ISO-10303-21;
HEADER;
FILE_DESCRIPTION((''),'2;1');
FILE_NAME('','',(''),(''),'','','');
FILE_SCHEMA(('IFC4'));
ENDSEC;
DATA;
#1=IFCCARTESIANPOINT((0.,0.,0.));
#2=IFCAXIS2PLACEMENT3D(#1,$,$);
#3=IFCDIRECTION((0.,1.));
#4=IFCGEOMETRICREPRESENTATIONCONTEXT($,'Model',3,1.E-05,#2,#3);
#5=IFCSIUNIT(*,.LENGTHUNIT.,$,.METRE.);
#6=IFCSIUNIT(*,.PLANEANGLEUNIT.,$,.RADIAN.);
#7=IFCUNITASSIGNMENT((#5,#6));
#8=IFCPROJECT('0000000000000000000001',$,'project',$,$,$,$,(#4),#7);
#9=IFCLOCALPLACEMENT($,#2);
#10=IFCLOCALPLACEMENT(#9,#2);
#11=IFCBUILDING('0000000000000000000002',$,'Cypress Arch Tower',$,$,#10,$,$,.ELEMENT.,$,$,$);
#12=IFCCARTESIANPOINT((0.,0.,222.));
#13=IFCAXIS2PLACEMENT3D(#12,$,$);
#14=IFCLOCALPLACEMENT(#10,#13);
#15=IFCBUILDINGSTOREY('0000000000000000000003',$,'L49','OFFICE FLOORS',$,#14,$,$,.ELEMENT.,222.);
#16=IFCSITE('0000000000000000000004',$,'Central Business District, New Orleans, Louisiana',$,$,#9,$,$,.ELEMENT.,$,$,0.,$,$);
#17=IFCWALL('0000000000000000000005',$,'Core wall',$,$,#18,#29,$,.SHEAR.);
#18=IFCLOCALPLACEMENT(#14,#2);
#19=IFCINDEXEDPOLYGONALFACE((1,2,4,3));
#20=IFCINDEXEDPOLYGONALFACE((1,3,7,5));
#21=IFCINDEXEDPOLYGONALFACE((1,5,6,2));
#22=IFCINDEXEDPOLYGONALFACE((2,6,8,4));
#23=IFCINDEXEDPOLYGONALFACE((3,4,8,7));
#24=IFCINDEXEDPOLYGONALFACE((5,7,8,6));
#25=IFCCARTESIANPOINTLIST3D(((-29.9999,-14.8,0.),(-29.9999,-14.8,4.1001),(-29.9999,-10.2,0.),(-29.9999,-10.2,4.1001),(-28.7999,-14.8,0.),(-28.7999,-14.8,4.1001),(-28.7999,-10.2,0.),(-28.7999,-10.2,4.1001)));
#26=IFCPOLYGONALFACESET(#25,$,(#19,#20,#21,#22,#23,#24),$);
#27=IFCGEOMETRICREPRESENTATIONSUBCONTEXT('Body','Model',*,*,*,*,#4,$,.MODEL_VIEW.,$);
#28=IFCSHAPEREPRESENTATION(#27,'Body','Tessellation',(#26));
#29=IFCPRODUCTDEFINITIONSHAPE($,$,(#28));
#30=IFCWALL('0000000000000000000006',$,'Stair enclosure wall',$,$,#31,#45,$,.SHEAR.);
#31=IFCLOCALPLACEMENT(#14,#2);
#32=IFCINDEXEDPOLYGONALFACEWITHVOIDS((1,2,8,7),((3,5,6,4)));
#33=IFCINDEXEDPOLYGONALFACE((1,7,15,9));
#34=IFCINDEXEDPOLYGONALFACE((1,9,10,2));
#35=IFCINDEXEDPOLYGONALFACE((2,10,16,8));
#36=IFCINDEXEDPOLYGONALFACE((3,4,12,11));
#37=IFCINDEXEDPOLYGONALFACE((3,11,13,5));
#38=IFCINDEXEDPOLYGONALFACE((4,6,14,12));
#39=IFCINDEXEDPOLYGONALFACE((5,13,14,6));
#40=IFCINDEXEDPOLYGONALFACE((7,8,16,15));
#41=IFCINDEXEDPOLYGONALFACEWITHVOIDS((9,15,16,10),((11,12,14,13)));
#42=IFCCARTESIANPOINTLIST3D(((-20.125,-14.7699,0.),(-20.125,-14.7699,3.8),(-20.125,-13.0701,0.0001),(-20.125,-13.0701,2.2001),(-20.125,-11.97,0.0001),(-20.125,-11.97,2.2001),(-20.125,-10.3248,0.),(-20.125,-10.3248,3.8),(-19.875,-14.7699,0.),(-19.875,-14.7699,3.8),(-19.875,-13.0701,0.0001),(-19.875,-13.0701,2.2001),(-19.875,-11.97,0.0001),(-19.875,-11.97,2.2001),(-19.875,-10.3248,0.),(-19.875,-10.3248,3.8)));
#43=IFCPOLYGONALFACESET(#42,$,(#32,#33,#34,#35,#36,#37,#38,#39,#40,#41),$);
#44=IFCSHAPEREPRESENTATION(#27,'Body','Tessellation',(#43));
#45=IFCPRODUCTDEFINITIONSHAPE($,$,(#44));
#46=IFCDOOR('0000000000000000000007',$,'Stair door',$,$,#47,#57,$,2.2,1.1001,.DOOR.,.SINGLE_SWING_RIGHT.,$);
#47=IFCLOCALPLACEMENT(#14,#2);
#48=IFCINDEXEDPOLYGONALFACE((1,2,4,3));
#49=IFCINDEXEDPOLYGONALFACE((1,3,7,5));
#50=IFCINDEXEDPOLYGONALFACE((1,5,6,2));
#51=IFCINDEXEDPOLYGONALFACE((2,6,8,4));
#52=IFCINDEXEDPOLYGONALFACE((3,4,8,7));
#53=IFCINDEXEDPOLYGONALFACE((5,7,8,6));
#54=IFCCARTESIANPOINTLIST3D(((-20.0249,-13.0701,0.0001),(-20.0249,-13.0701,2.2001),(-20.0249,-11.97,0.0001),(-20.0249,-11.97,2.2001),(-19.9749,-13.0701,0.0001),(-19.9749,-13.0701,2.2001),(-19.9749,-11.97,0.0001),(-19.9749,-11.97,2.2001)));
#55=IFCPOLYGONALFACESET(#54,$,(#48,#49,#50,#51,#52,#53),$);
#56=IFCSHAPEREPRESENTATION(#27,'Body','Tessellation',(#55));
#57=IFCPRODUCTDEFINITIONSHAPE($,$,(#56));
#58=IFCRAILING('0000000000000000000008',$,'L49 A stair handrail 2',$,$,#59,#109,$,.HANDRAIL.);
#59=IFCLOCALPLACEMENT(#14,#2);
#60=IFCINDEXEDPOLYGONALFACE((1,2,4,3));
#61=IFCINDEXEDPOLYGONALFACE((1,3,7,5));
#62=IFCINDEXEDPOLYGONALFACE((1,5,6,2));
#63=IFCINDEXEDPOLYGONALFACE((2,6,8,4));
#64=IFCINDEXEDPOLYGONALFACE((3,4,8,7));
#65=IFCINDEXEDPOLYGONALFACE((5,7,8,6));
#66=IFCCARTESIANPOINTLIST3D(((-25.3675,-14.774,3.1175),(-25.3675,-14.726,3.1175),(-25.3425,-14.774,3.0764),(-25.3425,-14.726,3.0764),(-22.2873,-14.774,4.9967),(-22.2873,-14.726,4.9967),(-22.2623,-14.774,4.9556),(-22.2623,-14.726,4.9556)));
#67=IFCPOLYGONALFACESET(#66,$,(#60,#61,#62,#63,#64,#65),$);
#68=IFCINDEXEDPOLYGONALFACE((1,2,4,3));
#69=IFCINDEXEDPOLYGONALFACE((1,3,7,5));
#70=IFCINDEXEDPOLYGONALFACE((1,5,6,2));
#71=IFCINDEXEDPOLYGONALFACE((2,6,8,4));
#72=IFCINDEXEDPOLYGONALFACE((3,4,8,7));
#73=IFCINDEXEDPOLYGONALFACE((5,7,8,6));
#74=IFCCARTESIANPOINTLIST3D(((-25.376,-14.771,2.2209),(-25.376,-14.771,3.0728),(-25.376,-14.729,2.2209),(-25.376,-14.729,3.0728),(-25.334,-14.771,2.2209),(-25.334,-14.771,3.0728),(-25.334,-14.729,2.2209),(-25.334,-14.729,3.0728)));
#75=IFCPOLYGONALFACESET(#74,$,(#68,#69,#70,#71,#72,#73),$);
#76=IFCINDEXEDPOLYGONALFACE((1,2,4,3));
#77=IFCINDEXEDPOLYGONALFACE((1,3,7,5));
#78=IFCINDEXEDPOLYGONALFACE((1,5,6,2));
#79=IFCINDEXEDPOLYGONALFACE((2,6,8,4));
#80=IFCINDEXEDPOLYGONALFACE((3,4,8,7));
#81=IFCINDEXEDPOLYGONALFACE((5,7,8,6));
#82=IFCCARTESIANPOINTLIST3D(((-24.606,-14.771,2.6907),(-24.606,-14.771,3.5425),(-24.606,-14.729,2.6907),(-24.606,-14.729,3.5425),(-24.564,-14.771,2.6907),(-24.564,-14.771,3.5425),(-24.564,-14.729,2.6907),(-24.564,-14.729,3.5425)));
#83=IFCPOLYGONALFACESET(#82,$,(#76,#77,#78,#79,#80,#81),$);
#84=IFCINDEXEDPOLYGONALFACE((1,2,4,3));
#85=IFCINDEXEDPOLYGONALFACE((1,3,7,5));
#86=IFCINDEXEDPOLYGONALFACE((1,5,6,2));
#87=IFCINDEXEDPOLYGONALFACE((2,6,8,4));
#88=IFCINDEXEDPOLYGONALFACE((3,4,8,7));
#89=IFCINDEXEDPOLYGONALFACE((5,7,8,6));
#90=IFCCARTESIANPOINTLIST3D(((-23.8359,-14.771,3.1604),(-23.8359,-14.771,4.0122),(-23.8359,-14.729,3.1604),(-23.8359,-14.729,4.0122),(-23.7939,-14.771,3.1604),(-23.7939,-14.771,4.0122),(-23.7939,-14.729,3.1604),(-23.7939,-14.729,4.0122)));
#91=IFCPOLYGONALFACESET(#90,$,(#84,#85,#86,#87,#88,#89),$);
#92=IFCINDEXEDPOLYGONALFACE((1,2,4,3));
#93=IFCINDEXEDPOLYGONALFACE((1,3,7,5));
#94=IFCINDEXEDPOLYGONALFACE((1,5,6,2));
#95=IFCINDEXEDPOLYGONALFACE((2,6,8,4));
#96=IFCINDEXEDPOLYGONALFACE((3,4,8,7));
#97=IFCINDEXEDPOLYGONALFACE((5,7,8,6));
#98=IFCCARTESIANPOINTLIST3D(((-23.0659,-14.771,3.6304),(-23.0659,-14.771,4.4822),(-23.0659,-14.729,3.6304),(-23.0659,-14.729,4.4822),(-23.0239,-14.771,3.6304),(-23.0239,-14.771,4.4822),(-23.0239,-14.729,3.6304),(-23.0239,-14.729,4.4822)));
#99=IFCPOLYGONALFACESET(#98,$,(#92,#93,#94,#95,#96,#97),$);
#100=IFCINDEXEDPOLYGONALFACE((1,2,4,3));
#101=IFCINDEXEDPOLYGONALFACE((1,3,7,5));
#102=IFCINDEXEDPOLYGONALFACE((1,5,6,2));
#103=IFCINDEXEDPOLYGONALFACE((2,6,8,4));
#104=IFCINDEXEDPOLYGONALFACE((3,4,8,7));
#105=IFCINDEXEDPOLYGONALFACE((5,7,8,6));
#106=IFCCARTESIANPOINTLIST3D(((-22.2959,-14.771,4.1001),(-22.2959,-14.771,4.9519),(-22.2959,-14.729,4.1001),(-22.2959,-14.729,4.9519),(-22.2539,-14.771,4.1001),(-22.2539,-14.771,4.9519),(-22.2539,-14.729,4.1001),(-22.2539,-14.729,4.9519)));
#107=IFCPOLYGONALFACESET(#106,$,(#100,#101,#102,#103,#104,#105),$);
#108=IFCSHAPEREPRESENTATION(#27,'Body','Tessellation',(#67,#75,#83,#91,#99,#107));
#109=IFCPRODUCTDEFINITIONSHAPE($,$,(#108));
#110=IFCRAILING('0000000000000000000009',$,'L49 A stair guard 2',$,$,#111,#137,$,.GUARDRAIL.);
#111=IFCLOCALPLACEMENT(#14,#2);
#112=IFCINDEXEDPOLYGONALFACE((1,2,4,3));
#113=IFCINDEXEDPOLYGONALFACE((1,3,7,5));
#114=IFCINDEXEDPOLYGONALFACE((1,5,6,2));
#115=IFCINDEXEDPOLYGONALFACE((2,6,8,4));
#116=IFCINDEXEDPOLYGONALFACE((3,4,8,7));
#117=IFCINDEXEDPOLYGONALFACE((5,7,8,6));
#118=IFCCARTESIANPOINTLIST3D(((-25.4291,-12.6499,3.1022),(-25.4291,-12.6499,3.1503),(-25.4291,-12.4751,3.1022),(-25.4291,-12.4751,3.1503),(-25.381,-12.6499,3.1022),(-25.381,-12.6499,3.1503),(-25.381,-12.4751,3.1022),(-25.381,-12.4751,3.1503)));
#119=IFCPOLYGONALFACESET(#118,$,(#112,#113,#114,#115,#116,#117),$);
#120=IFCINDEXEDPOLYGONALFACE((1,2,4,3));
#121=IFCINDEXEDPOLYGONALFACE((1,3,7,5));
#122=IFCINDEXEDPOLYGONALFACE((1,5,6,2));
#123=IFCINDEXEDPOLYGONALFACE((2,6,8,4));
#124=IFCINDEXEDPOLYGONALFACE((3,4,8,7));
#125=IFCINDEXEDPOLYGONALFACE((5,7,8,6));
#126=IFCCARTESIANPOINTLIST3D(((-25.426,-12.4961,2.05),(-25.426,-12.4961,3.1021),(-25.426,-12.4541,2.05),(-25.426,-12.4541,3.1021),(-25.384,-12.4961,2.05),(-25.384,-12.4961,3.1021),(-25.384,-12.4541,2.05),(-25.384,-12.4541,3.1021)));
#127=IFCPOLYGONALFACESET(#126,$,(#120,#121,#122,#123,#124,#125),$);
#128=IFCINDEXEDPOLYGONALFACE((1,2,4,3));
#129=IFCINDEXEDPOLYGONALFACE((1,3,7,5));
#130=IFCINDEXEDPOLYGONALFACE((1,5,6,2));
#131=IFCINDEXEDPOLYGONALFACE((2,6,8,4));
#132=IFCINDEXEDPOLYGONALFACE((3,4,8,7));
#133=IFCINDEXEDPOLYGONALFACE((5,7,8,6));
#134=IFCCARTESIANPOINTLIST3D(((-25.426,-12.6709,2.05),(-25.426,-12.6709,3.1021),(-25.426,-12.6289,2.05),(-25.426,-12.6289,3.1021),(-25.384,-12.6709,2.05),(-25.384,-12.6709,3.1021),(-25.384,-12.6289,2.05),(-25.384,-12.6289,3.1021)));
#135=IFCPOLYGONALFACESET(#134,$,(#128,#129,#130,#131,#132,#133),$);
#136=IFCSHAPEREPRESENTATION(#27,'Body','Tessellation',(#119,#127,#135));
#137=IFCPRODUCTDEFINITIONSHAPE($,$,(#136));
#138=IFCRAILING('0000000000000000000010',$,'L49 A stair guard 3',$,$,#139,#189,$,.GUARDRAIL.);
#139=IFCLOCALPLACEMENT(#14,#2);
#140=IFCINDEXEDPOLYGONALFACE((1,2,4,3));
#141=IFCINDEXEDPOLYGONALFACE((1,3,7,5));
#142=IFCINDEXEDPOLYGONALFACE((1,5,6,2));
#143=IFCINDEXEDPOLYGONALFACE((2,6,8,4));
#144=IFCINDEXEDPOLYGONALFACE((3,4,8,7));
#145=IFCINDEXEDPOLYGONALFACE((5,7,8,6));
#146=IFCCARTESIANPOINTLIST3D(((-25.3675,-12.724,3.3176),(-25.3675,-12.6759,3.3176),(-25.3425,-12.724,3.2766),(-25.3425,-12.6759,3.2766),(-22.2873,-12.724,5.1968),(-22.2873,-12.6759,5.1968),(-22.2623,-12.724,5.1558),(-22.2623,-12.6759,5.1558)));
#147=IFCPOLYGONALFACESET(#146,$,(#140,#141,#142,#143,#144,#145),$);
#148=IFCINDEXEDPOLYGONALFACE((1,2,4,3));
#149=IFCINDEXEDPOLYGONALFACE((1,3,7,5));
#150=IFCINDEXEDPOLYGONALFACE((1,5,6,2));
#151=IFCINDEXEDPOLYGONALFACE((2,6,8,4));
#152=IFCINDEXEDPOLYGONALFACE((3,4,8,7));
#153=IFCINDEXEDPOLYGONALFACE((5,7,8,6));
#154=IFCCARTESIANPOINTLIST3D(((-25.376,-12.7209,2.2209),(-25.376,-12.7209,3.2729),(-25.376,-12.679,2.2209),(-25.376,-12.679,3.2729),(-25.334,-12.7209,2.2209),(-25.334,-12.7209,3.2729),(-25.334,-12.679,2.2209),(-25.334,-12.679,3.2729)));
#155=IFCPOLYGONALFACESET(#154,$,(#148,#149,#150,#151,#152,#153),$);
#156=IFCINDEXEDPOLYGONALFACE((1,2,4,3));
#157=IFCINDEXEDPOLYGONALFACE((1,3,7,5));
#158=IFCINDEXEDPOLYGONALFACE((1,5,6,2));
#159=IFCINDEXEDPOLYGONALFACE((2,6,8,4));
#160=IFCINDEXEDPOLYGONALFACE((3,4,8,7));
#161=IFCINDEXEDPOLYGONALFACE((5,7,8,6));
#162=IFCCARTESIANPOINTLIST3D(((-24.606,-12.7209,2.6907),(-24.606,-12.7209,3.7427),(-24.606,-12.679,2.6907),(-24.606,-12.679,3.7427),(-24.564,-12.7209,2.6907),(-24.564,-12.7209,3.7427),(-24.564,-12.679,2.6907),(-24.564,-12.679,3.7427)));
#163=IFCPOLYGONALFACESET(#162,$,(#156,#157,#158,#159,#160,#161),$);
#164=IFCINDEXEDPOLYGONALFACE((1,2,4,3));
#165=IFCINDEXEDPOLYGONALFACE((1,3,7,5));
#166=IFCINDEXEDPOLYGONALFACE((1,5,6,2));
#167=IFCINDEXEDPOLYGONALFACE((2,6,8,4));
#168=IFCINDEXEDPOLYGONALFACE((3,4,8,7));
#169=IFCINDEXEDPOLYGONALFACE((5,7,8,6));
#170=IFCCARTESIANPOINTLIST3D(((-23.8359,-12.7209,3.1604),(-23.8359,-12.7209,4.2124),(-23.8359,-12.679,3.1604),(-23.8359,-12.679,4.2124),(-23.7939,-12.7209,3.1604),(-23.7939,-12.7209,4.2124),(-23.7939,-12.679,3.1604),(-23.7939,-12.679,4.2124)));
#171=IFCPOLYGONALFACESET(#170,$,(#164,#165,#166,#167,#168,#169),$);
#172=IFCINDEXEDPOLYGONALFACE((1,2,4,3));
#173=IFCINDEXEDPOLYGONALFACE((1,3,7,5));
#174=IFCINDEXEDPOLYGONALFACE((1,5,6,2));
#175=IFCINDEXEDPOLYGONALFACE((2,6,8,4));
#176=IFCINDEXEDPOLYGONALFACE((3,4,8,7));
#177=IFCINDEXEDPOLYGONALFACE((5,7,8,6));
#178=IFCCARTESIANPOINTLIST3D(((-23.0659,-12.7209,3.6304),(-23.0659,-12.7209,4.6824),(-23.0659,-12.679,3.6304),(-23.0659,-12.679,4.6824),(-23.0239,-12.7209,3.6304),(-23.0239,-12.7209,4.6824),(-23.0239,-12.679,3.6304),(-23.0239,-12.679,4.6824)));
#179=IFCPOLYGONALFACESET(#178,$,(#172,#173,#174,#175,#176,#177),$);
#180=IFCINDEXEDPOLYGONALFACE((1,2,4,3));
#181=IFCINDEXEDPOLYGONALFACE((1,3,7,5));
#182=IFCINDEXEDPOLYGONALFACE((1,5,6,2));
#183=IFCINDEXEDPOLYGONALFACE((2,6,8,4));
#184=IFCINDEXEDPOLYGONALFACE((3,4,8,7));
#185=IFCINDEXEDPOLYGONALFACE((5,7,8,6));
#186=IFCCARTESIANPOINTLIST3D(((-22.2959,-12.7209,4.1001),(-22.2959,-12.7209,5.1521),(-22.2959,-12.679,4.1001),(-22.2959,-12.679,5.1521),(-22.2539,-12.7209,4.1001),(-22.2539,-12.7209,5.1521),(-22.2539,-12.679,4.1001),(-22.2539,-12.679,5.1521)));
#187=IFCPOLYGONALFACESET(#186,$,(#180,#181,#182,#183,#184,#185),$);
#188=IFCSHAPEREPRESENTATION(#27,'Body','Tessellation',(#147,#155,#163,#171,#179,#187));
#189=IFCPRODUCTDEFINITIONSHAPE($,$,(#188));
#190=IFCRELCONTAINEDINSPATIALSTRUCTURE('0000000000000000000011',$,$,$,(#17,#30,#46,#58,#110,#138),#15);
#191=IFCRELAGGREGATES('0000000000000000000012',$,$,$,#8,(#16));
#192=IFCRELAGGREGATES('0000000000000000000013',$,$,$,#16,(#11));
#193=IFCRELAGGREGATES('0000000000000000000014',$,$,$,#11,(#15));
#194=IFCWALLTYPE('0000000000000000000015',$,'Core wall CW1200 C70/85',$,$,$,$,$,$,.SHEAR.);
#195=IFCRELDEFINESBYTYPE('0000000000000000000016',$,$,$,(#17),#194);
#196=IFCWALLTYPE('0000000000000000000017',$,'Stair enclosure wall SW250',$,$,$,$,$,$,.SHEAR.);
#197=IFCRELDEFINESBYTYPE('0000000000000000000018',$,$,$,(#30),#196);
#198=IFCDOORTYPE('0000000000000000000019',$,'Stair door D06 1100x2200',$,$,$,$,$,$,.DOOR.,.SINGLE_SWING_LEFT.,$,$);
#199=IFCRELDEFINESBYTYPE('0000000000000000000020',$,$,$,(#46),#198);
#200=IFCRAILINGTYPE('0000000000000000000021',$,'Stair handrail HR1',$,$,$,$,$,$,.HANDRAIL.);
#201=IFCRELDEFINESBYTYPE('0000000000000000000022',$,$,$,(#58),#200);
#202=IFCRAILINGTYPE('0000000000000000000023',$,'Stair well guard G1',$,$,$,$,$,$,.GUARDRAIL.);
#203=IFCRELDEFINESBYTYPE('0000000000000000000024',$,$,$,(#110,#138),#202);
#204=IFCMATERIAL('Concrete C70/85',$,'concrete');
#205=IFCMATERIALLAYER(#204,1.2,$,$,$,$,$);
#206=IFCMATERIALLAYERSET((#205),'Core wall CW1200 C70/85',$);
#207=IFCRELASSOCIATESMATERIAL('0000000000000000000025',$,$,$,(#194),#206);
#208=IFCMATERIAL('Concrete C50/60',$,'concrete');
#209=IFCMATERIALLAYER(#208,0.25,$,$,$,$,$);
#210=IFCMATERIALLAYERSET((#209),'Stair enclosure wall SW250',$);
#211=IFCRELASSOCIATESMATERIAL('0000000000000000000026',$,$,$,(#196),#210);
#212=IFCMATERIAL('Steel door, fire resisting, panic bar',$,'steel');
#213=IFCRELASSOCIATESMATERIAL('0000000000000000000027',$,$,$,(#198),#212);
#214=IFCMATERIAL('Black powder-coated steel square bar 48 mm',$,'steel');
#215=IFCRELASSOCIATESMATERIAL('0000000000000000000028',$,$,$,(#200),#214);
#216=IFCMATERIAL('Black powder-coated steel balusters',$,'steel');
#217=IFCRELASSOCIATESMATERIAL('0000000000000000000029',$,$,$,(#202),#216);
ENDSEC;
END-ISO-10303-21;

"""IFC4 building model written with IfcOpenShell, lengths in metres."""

from ifc_helpers import new_model, si_unit, direction, frame, frame_2d, origin, origin_2d, place, context, subcontext, project, spatial, rectangle, extrude, material, layer, layer_set, type_object, element, fill, save


model = new_model("IFC4")

# Units and contexts
model_context = context("Model", 3, precision=1e-05, world=origin(), true_north=direction((0.0, 1.0)))
body_context = subcontext(model_context, "Body", "Model", "MODEL_VIEW")
ifc_project = project(units=[si_unit("LENGTHUNIT", "METRE"), si_unit("PLANEANGLEUNIT", "RADIAN")], contexts=[model_context])

# Site, building, storey
site_placement = place(None, origin())
site = spatial("IfcSite", under=ifc_project, at=site_placement, Name="Central Business District, New Orleans, Louisiana", CompositionType="ELEMENT", RefElevation=0.0)
building_placement = place(site_placement, origin())
building = spatial("IfcBuilding", under=site, at=building_placement, Name="Cypress Arch Tower", CompositionType="ELEMENT")
storey_placement = place(building_placement, frame((0.0, 0.0, 222.0)))
storey = spatial("IfcBuildingStorey", under=building, at=storey_placement, Name="L49", Description="OFFICE FLOORS", CompositionType="ELEMENT", Elevation=222.0)

# Wall
ifc_material_1 = material(Name="Concrete C70/85", Category="concrete")
ifc_layer_1 = layer(ifc_material_1, 1.2)
ifc_layer_set_1 = layer_set([ifc_layer_1], Name="Core wall CW1200 C70/85")
wall_type_1 = type_object("IfcWallType", Name="Core wall CW1200 C70/85", PredefinedType="SHEAR", material=ifc_layer_set_1)
wall_1_placement = place(storey_placement, frame((-29.3999, -14.8, 0.0), z_axis=(0.0, 0.0, 1.0), x_axis=(0.0, 1.0, 0.0)))
element("IfcWall", 1, at=wall_1_placement, inside=storey, type_object=wall_type_1, Name="Core wall", PredefinedType="SHEAR", context=body_context, shape_type="SweptSolid", body=[
    extrude(rectangle(XDim=4.6001, YDim=1.2, at=frame_2d((2.3, 0.0))), origin(), (0.0, 0.0, 1.0), 4.1001),
])

# Wall, opening, door
ifc_material_2 = material(Name="Concrete C50/60", Category="concrete")
ifc_layer_2 = layer(ifc_material_2, 0.25)
ifc_layer_set_2 = layer_set([ifc_layer_2], Name="Stair enclosure wall SW250")
wall_type_2 = type_object("IfcWallType", Name="Stair enclosure wall SW250", PredefinedType="SHEAR", material=ifc_layer_set_2)
wall_2_placement = place(storey_placement, frame((-20.0, -14.77, 0.0), z_axis=(0.0, 0.0, 1.0), x_axis=(0.0, 1.0, 0.0)))
wall_2 = element("IfcWall", 2, at=wall_2_placement, inside=storey, type_object=wall_type_2, Name="Stair enclosure wall", PredefinedType="SHEAR", context=body_context, shape_type="SweptSolid", body=[
    extrude(rectangle(XDim=4.4451, YDim=0.25, at=frame_2d((2.2227, 0.0))), origin(), (0.0, 0.0, 1.0), 3.8),
])
opening_1_placement = place(wall_2_placement, frame((1.7, 0.0, 0.0)))
opening_1 = element("IfcOpeningElement", 3, at=opening_1_placement, cuts=wall_2, PredefinedType="OPENING", context=body_context, shape_type="SweptSolid", body=[
    extrude(rectangle(XDim=1.1001, YDim=2.2, at=frame_2d((0.55, 1.1001))), frame((0.0, 0.135, 0.0), z_axis=(0.0, -1.0, 0.0), x_axis=(1.0, 0.0, 0.0)), (0.0, 0.0, 1.0), 0.27),
])
ifc_material_3 = material(Name="Steel door, fire resisting, panic bar", Category="steel")
door_type = type_object("IfcDoorType", Name="Stair door D06 1100x2200", OperationType="SINGLE_SWING_LEFT", PredefinedType="DOOR", material=ifc_material_3)
door_placement = place(opening_1_placement, origin())
door = element("IfcDoor", 4, at=door_placement, inside=storey, type_object=door_type, Name="Stair door", OperationType="SINGLE_SWING_RIGHT", OverallHeight=2.2, OverallWidth=1.1001, PredefinedType="DOOR", context=body_context, shape_type="SweptSolid", body=[
    extrude(rectangle(XDim=1.1001, YDim=2.2, at=frame_2d((0.55, 1.1001))), frame((0.0, 0.0249, 0.0), z_axis=(0.0, -1.0, 0.0), x_axis=(1.0, 0.0, 0.0)), (0.0, 0.0, 1.0), 0.05),
])
fill(opening_1, door)

# Railings
ifc_material_4 = material(Name="Black powder-coated steel square bar 48 mm", Category="steel")
railing_type_1 = type_object("IfcRailingType", Name="Stair handrail HR1", PredefinedType="HANDRAIL", material=ifc_material_4)
railing_1_placement = place(storey_placement, frame((-25.355, -14.75, 2.2209)))
element("IfcRailing", 5, at=railing_1_placement, inside=storey, type_object=railing_type_1, Name="L49 A stair handrail 2", PredefinedType="HANDRAIL", context=body_context, shape_type="SweptSolid", body=[
    extrude(rectangle(XDim=0.0481, YDim=0.0481, at=origin_2d()), frame((0.0, 0.0, 0.876), z_axis=(0.853666, 0.0, 0.52082), x_axis=(0.0, 1.0, 0.0)), (0.0, 0.0, 1.0), 3.6082),
    extrude(rectangle(XDim=0.042, YDim=0.042, at=origin_2d()), origin(), (0.0, 0.0, 1.0), 0.8518),
    extrude(rectangle(XDim=0.042, YDim=0.042, at=origin_2d()), frame((0.77, 0.0, 0.4697)), (0.0, 0.0, 1.0), 0.8518),
    extrude(rectangle(XDim=0.042, YDim=0.042, at=origin_2d()), frame((1.54, 0.0, 0.9395)), (0.0, 0.0, 1.0), 0.8518),
    extrude(rectangle(XDim=0.042, YDim=0.042, at=origin_2d()), frame((2.3101, 0.0, 1.4094)), (0.0, 0.0, 1.0), 0.8518),
    extrude(rectangle(XDim=0.042, YDim=0.042, at=origin_2d()), frame((3.0801, 0.0, 1.8792)), (0.0, 0.0, 1.0), 0.8518),
])
ifc_material_5 = material(Name="Black powder-coated steel balusters", Category="steel")
railing_type_2 = type_object("IfcRailingType", Name="Stair well guard G1", PredefinedType="GUARDRAIL", material=ifc_material_5)
railing_2_placement = place(storey_placement, frame((-25.405, -12.4751, 2.05)))
element("IfcRailing", 6, at=railing_2_placement, inside=storey, type_object=railing_type_2, Name="L49 A stair guard 2", PredefinedType="GUARDRAIL", context=body_context, shape_type="SweptSolid", body=[
    extrude(rectangle(XDim=0.0481, YDim=0.0481, at=origin_2d()), frame((0.0, 0.0, 1.0762), z_axis=(0.0, -1.0, 0.0), x_axis=(1.0, 0.0, 0.0)), (0.0, 0.0, 1.0), 0.1748),
    extrude(rectangle(XDim=0.042, YDim=0.042, at=origin_2d()), origin(), (0.0, 0.0, 1.0), 1.052),
    extrude(rectangle(XDim=0.042, YDim=0.042, at=origin_2d()), frame((0.0, -0.1748, 0.0)), (0.0, 0.0, 1.0), 1.052),
])
railing_3_placement = place(storey_placement, frame((-25.355, -12.7, 2.2209)))
element("IfcRailing", 7, at=railing_3_placement, inside=storey, type_object=railing_type_2, Name="L49 A stair guard 3", PredefinedType="GUARDRAIL", context=body_context, shape_type="SweptSolid", body=[
    extrude(rectangle(XDim=0.0481, YDim=0.0481, at=origin_2d()), frame((0.0, 0.0, 1.0762), z_axis=(0.853666, 0.0, 0.52082), x_axis=(0.0, 1.0, 0.0)), (0.0, 0.0, 1.0), 3.6082),
    extrude(rectangle(XDim=0.042, YDim=0.042, at=origin_2d()), origin(), (0.0, 0.0, 1.0), 1.052),
    extrude(rectangle(XDim=0.042, YDim=0.042, at=origin_2d()), frame((0.77, 0.0, 0.4697)), (0.0, 0.0, 1.0), 1.052),
    extrude(rectangle(XDim=0.042, YDim=0.042, at=origin_2d()), frame((1.54, 0.0, 0.9395)), (0.0, 0.0, 1.0), 1.052),
    extrude(rectangle(XDim=0.042, YDim=0.042, at=origin_2d()), frame((2.3101, 0.0, 1.4094)), (0.0, 0.0, 1.0), 1.052),
    extrude(rectangle(XDim=0.042, YDim=0.042, at=origin_2d()), frame((3.0801, 0.0, 1.8792)), (0.0, 0.0, 1.0), 1.052),
])

save(model, "model.ifc")
